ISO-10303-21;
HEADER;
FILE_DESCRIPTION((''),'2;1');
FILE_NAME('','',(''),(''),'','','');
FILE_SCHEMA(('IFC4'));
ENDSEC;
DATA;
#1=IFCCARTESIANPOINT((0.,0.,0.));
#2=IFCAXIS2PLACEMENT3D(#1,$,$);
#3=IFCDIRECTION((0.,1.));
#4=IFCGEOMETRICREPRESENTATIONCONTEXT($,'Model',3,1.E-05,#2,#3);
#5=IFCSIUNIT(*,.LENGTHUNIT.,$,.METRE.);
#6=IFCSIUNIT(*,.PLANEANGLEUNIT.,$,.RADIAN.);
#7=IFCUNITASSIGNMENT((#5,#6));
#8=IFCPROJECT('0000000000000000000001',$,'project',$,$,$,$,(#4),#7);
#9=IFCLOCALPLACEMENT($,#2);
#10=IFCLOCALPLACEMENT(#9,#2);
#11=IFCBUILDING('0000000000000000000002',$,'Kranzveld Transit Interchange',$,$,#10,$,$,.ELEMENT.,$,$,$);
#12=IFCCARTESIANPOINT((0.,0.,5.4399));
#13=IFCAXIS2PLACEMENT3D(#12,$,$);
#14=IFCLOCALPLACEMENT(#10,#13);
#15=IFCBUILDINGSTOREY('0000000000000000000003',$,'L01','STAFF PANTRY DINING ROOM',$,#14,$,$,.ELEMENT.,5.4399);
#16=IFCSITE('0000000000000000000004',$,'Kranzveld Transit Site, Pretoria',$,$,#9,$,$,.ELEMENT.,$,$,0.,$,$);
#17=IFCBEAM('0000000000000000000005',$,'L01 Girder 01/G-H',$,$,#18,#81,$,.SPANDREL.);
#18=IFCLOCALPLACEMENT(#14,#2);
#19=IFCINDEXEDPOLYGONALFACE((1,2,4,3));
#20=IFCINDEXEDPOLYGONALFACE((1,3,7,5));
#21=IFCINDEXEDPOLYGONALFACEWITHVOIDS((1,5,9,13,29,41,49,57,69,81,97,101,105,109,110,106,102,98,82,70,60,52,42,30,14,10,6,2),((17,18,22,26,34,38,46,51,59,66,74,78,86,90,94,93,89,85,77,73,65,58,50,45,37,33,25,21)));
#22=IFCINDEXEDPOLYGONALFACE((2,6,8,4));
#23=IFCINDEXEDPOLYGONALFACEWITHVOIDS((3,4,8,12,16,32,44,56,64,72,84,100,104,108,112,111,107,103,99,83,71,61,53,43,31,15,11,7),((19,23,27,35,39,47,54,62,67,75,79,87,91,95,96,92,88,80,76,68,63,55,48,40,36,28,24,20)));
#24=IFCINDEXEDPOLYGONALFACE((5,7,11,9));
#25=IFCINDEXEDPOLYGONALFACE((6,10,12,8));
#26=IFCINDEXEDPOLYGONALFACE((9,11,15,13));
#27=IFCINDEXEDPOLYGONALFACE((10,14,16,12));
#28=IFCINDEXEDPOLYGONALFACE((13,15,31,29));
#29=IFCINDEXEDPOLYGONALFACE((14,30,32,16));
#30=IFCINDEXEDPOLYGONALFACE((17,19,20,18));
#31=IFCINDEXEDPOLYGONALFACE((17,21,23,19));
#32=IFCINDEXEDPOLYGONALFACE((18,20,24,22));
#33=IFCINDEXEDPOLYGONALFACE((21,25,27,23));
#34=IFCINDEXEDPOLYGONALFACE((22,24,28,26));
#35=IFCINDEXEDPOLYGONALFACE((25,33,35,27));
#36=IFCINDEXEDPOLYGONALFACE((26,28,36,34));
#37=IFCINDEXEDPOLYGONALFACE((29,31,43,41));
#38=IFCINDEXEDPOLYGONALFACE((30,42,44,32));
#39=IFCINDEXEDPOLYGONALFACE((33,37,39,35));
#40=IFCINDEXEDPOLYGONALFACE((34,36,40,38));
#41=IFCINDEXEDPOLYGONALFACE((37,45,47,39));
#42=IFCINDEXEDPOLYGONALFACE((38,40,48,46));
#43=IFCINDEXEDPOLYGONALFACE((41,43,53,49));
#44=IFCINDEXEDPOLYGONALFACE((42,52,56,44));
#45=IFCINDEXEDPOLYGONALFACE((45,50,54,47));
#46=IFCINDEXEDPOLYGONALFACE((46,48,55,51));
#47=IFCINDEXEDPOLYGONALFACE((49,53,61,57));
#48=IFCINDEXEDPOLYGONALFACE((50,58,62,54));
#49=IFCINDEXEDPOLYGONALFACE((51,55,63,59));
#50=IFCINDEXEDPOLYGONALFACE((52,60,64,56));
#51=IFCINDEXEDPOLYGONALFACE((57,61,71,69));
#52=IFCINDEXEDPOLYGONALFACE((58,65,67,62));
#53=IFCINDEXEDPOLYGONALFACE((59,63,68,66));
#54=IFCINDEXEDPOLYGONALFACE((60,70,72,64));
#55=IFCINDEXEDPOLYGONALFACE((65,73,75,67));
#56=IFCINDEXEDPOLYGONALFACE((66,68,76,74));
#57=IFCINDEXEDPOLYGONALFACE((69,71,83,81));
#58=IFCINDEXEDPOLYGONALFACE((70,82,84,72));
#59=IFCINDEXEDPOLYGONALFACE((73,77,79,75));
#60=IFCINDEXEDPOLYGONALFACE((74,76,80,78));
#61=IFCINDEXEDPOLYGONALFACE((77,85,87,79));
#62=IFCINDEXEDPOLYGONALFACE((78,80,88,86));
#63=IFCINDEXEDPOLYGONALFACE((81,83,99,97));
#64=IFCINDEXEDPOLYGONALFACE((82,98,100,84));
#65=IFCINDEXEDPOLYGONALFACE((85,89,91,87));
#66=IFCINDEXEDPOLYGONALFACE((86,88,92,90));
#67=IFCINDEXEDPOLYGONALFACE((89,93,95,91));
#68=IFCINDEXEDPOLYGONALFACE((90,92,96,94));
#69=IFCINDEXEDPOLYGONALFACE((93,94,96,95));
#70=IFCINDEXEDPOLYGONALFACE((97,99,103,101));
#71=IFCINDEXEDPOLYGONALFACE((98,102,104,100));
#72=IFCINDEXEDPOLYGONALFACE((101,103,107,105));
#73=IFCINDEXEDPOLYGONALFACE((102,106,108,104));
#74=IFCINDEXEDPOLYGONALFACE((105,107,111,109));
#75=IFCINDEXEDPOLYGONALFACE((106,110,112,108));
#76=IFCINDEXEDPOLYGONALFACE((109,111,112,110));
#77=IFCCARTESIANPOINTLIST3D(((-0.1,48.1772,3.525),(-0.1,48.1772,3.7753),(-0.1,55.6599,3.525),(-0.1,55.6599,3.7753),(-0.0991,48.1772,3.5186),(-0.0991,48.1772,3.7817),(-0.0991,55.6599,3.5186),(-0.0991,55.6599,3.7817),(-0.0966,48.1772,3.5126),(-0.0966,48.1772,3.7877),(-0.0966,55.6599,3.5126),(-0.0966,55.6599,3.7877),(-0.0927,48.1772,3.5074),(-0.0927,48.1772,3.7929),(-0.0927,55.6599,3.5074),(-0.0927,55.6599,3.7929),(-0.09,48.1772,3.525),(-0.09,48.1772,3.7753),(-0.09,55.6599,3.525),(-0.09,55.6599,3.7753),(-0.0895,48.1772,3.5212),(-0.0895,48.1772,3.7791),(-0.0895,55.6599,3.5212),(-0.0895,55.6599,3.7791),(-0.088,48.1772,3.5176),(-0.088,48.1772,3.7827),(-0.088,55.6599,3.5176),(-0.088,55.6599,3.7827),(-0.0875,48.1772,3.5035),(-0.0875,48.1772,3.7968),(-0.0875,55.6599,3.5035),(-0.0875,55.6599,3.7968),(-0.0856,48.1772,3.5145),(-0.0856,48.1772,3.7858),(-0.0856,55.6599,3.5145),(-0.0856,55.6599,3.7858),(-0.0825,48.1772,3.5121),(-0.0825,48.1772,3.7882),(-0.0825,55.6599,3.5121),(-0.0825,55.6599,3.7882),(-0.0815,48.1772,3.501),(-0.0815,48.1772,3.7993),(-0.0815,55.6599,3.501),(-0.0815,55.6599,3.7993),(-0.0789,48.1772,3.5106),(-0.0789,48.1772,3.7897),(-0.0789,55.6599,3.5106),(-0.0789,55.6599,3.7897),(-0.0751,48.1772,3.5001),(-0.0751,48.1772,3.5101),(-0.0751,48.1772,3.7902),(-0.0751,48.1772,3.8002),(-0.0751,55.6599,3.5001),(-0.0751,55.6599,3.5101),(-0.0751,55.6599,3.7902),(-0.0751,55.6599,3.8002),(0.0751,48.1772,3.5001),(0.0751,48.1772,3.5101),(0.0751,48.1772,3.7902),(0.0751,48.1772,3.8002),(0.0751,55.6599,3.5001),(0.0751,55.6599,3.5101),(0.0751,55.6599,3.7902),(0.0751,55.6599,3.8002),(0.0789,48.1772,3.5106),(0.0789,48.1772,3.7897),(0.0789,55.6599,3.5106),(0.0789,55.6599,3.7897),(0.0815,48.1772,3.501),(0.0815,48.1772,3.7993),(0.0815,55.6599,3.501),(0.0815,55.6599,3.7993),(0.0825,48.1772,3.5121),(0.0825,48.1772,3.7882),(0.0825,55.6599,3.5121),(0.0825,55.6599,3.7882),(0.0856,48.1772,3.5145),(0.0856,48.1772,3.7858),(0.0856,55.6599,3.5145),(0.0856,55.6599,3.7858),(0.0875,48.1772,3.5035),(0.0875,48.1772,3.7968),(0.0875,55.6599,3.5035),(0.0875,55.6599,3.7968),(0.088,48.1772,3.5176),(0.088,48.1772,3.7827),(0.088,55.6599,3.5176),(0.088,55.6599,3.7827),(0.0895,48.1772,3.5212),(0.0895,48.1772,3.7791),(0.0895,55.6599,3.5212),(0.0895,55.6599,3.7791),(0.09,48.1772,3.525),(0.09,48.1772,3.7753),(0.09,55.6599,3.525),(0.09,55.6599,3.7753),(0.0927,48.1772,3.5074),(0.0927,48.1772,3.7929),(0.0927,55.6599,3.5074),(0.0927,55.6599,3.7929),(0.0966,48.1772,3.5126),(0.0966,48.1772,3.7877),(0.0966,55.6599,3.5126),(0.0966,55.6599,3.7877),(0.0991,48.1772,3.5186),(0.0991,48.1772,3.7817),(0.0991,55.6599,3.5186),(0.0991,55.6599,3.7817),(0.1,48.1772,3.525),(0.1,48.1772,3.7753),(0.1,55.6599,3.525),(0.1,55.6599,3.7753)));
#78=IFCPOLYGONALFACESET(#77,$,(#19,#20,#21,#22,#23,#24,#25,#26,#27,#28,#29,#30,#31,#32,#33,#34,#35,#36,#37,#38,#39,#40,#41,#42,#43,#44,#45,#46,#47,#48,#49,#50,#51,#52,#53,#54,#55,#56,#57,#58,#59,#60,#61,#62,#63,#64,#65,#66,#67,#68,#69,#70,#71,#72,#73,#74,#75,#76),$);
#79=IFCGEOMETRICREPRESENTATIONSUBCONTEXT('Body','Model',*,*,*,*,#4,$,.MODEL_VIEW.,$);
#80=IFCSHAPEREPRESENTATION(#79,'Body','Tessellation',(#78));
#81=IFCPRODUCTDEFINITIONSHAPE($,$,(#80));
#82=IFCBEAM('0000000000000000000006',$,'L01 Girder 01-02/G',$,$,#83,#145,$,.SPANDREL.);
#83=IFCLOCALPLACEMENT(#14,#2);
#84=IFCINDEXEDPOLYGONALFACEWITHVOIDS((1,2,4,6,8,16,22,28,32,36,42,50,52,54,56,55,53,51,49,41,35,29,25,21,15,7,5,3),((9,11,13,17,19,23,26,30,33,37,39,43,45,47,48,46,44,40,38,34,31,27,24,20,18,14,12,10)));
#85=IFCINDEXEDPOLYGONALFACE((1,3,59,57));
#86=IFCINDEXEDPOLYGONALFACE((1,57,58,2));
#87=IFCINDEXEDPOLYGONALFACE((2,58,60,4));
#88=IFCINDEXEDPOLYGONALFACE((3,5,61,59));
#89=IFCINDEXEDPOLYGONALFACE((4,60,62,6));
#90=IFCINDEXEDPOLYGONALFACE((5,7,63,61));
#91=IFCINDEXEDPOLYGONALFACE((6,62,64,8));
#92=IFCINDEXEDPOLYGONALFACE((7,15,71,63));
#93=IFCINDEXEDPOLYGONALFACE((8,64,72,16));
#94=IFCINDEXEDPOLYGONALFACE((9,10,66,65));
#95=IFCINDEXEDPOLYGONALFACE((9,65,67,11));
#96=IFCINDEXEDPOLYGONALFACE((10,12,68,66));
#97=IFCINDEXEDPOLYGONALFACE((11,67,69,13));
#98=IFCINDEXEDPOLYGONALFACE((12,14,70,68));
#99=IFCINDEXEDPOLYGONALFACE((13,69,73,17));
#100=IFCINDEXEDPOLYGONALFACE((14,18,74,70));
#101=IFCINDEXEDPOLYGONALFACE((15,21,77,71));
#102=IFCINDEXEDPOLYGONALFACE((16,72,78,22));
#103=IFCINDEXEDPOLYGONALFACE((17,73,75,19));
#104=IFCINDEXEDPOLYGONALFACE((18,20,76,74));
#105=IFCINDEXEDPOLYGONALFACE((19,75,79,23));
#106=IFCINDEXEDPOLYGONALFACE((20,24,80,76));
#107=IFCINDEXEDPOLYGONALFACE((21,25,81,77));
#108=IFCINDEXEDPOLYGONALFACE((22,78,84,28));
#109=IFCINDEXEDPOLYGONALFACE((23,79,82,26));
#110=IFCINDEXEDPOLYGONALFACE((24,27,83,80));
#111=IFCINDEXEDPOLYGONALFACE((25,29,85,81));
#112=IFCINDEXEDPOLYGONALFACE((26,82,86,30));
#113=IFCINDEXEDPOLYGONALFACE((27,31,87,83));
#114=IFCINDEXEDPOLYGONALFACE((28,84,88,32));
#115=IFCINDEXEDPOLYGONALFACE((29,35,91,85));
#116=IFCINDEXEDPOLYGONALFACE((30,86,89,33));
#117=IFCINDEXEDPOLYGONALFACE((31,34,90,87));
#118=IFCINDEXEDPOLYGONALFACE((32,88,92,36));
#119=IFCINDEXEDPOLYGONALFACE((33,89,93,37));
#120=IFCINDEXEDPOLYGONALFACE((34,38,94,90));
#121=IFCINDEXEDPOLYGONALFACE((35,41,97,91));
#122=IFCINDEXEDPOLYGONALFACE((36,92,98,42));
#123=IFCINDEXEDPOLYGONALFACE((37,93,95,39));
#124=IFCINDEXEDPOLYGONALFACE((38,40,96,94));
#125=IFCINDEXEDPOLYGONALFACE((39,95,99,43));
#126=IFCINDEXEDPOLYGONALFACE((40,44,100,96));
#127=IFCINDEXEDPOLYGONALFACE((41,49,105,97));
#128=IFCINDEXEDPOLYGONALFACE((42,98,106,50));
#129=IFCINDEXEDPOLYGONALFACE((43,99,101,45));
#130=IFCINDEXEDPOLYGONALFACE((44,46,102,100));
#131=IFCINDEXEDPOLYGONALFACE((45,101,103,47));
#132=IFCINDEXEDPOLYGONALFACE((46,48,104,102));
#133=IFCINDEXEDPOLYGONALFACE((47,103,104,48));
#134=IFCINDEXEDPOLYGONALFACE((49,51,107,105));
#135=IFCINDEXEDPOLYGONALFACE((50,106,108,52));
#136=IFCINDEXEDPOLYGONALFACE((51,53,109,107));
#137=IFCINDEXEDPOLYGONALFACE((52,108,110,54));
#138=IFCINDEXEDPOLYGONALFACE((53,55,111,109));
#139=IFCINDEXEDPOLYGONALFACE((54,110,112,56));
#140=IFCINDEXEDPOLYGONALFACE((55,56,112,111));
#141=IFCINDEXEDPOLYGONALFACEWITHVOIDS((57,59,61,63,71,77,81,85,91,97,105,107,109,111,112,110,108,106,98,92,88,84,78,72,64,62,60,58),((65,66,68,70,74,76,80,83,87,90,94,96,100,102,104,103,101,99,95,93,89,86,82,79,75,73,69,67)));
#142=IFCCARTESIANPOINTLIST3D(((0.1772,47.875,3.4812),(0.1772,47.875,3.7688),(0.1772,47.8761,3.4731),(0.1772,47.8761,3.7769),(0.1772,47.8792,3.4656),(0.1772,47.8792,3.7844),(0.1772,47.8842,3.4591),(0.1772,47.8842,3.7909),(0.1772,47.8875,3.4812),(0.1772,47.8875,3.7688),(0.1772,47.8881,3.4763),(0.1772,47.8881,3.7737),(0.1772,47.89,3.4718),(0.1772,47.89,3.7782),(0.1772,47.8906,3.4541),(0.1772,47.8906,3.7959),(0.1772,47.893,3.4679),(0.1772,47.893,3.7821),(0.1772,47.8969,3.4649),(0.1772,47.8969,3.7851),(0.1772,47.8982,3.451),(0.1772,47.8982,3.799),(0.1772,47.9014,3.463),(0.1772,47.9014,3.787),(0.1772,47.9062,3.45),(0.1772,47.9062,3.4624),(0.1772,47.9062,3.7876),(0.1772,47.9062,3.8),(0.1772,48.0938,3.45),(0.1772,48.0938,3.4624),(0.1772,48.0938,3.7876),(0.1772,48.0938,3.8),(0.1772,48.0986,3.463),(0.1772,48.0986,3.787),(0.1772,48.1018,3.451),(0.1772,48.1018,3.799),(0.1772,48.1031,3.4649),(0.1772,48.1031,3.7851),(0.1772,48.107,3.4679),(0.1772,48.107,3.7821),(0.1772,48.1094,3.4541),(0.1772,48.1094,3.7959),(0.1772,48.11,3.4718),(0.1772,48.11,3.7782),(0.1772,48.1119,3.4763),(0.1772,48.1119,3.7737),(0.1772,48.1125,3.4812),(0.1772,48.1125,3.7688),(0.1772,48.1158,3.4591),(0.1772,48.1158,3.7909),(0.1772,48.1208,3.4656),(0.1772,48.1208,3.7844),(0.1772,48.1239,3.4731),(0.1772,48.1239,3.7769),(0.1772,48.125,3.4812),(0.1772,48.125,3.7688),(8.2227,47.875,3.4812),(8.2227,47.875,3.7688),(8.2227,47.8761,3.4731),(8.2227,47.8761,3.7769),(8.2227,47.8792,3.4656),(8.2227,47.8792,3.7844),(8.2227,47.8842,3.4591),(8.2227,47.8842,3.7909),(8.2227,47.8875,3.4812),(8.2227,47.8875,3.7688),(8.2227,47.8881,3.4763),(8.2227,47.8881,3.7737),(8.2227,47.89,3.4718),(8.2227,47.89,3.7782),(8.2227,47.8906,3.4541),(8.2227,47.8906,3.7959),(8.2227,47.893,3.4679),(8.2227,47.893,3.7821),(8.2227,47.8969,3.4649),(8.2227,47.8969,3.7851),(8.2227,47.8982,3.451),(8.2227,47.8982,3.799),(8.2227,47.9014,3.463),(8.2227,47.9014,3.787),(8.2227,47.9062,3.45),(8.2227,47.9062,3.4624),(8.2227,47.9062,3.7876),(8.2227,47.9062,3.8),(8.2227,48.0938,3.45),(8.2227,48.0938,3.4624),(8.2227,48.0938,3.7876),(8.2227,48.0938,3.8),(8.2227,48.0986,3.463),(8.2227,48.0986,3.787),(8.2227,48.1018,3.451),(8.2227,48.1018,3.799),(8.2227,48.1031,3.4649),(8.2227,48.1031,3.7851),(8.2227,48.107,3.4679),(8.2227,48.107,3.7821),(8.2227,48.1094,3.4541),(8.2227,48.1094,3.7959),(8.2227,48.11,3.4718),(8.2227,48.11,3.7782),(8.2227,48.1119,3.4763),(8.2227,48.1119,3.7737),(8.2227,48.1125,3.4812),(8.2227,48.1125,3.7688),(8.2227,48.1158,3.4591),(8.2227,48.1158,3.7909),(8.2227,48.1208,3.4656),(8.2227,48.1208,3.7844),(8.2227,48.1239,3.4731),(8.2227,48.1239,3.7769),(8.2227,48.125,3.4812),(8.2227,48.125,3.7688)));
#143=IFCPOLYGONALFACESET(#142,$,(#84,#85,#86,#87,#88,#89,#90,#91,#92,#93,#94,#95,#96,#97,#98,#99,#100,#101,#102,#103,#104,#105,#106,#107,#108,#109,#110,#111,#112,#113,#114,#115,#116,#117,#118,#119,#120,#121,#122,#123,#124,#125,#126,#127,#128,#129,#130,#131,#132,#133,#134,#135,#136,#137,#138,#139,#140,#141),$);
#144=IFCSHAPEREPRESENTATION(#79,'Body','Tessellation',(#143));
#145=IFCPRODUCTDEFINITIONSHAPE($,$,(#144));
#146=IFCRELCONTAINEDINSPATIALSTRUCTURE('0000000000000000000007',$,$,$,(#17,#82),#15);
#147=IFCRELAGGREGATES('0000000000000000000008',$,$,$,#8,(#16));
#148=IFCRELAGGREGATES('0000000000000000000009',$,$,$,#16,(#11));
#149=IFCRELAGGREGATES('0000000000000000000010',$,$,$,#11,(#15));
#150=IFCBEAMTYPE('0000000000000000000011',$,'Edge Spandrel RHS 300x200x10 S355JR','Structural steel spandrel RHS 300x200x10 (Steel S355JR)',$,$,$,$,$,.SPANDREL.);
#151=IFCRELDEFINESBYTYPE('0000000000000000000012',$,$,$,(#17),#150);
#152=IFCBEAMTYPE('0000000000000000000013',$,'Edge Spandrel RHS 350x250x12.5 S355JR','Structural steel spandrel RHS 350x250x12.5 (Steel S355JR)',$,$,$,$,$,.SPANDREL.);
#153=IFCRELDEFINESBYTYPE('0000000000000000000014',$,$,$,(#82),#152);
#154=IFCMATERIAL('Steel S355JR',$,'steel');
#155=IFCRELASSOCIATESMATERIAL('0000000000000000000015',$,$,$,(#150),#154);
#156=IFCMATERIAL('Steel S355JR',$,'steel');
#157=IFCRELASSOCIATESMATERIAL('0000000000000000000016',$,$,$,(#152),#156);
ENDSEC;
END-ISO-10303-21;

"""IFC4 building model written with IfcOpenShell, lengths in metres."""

from ifc_helpers import new_model, si_unit, direction, frame, origin, origin_2d, place, context, subcontext, project, spatial, hollow_rectangle, extrude, material, material_profile, profile_set, type_object, element, save


model = new_model("IFC4")

# Units and contexts
model_context = context("Model", 3, precision=1e-05, world=origin(), true_north=direction((0.0, 1.0)))
body_context = subcontext(model_context, "Body", "Model", "MODEL_VIEW")
ifc_project = project(units=[si_unit("LENGTHUNIT", "METRE"), si_unit("PLANEANGLEUNIT", "RADIAN")], contexts=[model_context])

# Site, building, storey
site_placement = place(None, origin())
site = spatial("IfcSite", under=ifc_project, at=site_placement, Name="Kranzveld Transit Site, Pretoria", CompositionType="ELEMENT", RefElevation=0.0)
building_placement = place(site_placement, origin())
building = spatial("IfcBuilding", under=site, at=building_placement, Name="Kranzveld Transit Interchange", CompositionType="ELEMENT")
storey_placement = place(building_placement, frame((0.0, 0.0, 5.4399)))
storey = spatial("IfcBuildingStorey", under=building, at=storey_placement, Name="L01", Description="STAFF PANTRY DINING ROOM", CompositionType="ELEMENT", Elevation=5.4399)

# Beams
ifc_material_1 = material(Name="Steel S355JR", Category="steel")
ifc_material_profile_1 = material_profile(ifc_material_1, hollow_rectangle(XDim=0.2, YDim=0.3, WallThickness=0.01, InnerFilletRadius=0.0149, OuterFilletRadius=0.0249, at=origin_2d()), Name="RHS 300x200x10")
ifc_profile_set_1 = profile_set([ifc_material_profile_1], Name="Steel S355JR")
beam_type_1 = type_object("IfcBeamType", Name="Edge Spandrel RHS 300x200x10 S355JR", Description="Structural steel spandrel RHS 300x200x10 (Steel S355JR)", PredefinedType="SPANDREL", material=ifc_profile_set_1)
beam_1_placement = place(storey_placement, frame((0.0, 48.1772, 3.6501), z_axis=(0.0, 1.0, 0.0), x_axis=(-1.0, 0.0, 0.0)))
element("IfcBeam", 1, at=beam_1_placement, inside=storey, type_object=beam_type_1, Name="L01 Girder 01/G-H", PredefinedType="SPANDREL", context=body_context, shape_type="SweptSolid", body=[
    extrude(hollow_rectangle(XDim=0.2, YDim=0.3, WallThickness=0.01, InnerFilletRadius=0.0149, OuterFilletRadius=0.0249, at=origin_2d()), origin(), (0.0, 0.0, 1.0), 7.4827),
])
ifc_material_2 = material(Name="Steel S355JR", Category="steel")
ifc_material_profile_2 = material_profile(ifc_material_2, hollow_rectangle(XDim=0.25, YDim=0.3501, WallThickness=0.0125, InnerFilletRadius=0.0188, OuterFilletRadius=0.0312, at=origin_2d()), Name="RHS 350x250x12.5")
ifc_profile_set_2 = profile_set([ifc_material_profile_2], Name="Steel S355JR")
beam_type_2 = type_object("IfcBeamType", Name="Edge Spandrel RHS 350x250x12.5 S355JR", Description="Structural steel spandrel RHS 350x250x12.5 (Steel S355JR)", PredefinedType="SPANDREL", material=ifc_profile_set_2)
for number, where, z_axis, x_axis, name in (
    (2, (0.1772, 48.0, 3.625), (1.0, 0.0, 0.0), (0.0, 1.0, 0.0), "L01 Girder 01-02/G"),
):
    element("IfcBeam", number, at=place(storey_placement, frame(where, z_axis=z_axis, x_axis=x_axis)), inside=storey, type_object=beam_type_2, Name=name, PredefinedType="SPANDREL", context=body_context, shape_type="SweptSolid", body=[
        extrude(hollow_rectangle(XDim=0.25, YDim=0.3501, WallThickness=0.0125, InnerFilletRadius=0.0188, OuterFilletRadius=0.0312, at=origin_2d()), origin(), (0.0, 0.0, 1.0), 8.0454),
    ])

save(model, "model.ifc")
